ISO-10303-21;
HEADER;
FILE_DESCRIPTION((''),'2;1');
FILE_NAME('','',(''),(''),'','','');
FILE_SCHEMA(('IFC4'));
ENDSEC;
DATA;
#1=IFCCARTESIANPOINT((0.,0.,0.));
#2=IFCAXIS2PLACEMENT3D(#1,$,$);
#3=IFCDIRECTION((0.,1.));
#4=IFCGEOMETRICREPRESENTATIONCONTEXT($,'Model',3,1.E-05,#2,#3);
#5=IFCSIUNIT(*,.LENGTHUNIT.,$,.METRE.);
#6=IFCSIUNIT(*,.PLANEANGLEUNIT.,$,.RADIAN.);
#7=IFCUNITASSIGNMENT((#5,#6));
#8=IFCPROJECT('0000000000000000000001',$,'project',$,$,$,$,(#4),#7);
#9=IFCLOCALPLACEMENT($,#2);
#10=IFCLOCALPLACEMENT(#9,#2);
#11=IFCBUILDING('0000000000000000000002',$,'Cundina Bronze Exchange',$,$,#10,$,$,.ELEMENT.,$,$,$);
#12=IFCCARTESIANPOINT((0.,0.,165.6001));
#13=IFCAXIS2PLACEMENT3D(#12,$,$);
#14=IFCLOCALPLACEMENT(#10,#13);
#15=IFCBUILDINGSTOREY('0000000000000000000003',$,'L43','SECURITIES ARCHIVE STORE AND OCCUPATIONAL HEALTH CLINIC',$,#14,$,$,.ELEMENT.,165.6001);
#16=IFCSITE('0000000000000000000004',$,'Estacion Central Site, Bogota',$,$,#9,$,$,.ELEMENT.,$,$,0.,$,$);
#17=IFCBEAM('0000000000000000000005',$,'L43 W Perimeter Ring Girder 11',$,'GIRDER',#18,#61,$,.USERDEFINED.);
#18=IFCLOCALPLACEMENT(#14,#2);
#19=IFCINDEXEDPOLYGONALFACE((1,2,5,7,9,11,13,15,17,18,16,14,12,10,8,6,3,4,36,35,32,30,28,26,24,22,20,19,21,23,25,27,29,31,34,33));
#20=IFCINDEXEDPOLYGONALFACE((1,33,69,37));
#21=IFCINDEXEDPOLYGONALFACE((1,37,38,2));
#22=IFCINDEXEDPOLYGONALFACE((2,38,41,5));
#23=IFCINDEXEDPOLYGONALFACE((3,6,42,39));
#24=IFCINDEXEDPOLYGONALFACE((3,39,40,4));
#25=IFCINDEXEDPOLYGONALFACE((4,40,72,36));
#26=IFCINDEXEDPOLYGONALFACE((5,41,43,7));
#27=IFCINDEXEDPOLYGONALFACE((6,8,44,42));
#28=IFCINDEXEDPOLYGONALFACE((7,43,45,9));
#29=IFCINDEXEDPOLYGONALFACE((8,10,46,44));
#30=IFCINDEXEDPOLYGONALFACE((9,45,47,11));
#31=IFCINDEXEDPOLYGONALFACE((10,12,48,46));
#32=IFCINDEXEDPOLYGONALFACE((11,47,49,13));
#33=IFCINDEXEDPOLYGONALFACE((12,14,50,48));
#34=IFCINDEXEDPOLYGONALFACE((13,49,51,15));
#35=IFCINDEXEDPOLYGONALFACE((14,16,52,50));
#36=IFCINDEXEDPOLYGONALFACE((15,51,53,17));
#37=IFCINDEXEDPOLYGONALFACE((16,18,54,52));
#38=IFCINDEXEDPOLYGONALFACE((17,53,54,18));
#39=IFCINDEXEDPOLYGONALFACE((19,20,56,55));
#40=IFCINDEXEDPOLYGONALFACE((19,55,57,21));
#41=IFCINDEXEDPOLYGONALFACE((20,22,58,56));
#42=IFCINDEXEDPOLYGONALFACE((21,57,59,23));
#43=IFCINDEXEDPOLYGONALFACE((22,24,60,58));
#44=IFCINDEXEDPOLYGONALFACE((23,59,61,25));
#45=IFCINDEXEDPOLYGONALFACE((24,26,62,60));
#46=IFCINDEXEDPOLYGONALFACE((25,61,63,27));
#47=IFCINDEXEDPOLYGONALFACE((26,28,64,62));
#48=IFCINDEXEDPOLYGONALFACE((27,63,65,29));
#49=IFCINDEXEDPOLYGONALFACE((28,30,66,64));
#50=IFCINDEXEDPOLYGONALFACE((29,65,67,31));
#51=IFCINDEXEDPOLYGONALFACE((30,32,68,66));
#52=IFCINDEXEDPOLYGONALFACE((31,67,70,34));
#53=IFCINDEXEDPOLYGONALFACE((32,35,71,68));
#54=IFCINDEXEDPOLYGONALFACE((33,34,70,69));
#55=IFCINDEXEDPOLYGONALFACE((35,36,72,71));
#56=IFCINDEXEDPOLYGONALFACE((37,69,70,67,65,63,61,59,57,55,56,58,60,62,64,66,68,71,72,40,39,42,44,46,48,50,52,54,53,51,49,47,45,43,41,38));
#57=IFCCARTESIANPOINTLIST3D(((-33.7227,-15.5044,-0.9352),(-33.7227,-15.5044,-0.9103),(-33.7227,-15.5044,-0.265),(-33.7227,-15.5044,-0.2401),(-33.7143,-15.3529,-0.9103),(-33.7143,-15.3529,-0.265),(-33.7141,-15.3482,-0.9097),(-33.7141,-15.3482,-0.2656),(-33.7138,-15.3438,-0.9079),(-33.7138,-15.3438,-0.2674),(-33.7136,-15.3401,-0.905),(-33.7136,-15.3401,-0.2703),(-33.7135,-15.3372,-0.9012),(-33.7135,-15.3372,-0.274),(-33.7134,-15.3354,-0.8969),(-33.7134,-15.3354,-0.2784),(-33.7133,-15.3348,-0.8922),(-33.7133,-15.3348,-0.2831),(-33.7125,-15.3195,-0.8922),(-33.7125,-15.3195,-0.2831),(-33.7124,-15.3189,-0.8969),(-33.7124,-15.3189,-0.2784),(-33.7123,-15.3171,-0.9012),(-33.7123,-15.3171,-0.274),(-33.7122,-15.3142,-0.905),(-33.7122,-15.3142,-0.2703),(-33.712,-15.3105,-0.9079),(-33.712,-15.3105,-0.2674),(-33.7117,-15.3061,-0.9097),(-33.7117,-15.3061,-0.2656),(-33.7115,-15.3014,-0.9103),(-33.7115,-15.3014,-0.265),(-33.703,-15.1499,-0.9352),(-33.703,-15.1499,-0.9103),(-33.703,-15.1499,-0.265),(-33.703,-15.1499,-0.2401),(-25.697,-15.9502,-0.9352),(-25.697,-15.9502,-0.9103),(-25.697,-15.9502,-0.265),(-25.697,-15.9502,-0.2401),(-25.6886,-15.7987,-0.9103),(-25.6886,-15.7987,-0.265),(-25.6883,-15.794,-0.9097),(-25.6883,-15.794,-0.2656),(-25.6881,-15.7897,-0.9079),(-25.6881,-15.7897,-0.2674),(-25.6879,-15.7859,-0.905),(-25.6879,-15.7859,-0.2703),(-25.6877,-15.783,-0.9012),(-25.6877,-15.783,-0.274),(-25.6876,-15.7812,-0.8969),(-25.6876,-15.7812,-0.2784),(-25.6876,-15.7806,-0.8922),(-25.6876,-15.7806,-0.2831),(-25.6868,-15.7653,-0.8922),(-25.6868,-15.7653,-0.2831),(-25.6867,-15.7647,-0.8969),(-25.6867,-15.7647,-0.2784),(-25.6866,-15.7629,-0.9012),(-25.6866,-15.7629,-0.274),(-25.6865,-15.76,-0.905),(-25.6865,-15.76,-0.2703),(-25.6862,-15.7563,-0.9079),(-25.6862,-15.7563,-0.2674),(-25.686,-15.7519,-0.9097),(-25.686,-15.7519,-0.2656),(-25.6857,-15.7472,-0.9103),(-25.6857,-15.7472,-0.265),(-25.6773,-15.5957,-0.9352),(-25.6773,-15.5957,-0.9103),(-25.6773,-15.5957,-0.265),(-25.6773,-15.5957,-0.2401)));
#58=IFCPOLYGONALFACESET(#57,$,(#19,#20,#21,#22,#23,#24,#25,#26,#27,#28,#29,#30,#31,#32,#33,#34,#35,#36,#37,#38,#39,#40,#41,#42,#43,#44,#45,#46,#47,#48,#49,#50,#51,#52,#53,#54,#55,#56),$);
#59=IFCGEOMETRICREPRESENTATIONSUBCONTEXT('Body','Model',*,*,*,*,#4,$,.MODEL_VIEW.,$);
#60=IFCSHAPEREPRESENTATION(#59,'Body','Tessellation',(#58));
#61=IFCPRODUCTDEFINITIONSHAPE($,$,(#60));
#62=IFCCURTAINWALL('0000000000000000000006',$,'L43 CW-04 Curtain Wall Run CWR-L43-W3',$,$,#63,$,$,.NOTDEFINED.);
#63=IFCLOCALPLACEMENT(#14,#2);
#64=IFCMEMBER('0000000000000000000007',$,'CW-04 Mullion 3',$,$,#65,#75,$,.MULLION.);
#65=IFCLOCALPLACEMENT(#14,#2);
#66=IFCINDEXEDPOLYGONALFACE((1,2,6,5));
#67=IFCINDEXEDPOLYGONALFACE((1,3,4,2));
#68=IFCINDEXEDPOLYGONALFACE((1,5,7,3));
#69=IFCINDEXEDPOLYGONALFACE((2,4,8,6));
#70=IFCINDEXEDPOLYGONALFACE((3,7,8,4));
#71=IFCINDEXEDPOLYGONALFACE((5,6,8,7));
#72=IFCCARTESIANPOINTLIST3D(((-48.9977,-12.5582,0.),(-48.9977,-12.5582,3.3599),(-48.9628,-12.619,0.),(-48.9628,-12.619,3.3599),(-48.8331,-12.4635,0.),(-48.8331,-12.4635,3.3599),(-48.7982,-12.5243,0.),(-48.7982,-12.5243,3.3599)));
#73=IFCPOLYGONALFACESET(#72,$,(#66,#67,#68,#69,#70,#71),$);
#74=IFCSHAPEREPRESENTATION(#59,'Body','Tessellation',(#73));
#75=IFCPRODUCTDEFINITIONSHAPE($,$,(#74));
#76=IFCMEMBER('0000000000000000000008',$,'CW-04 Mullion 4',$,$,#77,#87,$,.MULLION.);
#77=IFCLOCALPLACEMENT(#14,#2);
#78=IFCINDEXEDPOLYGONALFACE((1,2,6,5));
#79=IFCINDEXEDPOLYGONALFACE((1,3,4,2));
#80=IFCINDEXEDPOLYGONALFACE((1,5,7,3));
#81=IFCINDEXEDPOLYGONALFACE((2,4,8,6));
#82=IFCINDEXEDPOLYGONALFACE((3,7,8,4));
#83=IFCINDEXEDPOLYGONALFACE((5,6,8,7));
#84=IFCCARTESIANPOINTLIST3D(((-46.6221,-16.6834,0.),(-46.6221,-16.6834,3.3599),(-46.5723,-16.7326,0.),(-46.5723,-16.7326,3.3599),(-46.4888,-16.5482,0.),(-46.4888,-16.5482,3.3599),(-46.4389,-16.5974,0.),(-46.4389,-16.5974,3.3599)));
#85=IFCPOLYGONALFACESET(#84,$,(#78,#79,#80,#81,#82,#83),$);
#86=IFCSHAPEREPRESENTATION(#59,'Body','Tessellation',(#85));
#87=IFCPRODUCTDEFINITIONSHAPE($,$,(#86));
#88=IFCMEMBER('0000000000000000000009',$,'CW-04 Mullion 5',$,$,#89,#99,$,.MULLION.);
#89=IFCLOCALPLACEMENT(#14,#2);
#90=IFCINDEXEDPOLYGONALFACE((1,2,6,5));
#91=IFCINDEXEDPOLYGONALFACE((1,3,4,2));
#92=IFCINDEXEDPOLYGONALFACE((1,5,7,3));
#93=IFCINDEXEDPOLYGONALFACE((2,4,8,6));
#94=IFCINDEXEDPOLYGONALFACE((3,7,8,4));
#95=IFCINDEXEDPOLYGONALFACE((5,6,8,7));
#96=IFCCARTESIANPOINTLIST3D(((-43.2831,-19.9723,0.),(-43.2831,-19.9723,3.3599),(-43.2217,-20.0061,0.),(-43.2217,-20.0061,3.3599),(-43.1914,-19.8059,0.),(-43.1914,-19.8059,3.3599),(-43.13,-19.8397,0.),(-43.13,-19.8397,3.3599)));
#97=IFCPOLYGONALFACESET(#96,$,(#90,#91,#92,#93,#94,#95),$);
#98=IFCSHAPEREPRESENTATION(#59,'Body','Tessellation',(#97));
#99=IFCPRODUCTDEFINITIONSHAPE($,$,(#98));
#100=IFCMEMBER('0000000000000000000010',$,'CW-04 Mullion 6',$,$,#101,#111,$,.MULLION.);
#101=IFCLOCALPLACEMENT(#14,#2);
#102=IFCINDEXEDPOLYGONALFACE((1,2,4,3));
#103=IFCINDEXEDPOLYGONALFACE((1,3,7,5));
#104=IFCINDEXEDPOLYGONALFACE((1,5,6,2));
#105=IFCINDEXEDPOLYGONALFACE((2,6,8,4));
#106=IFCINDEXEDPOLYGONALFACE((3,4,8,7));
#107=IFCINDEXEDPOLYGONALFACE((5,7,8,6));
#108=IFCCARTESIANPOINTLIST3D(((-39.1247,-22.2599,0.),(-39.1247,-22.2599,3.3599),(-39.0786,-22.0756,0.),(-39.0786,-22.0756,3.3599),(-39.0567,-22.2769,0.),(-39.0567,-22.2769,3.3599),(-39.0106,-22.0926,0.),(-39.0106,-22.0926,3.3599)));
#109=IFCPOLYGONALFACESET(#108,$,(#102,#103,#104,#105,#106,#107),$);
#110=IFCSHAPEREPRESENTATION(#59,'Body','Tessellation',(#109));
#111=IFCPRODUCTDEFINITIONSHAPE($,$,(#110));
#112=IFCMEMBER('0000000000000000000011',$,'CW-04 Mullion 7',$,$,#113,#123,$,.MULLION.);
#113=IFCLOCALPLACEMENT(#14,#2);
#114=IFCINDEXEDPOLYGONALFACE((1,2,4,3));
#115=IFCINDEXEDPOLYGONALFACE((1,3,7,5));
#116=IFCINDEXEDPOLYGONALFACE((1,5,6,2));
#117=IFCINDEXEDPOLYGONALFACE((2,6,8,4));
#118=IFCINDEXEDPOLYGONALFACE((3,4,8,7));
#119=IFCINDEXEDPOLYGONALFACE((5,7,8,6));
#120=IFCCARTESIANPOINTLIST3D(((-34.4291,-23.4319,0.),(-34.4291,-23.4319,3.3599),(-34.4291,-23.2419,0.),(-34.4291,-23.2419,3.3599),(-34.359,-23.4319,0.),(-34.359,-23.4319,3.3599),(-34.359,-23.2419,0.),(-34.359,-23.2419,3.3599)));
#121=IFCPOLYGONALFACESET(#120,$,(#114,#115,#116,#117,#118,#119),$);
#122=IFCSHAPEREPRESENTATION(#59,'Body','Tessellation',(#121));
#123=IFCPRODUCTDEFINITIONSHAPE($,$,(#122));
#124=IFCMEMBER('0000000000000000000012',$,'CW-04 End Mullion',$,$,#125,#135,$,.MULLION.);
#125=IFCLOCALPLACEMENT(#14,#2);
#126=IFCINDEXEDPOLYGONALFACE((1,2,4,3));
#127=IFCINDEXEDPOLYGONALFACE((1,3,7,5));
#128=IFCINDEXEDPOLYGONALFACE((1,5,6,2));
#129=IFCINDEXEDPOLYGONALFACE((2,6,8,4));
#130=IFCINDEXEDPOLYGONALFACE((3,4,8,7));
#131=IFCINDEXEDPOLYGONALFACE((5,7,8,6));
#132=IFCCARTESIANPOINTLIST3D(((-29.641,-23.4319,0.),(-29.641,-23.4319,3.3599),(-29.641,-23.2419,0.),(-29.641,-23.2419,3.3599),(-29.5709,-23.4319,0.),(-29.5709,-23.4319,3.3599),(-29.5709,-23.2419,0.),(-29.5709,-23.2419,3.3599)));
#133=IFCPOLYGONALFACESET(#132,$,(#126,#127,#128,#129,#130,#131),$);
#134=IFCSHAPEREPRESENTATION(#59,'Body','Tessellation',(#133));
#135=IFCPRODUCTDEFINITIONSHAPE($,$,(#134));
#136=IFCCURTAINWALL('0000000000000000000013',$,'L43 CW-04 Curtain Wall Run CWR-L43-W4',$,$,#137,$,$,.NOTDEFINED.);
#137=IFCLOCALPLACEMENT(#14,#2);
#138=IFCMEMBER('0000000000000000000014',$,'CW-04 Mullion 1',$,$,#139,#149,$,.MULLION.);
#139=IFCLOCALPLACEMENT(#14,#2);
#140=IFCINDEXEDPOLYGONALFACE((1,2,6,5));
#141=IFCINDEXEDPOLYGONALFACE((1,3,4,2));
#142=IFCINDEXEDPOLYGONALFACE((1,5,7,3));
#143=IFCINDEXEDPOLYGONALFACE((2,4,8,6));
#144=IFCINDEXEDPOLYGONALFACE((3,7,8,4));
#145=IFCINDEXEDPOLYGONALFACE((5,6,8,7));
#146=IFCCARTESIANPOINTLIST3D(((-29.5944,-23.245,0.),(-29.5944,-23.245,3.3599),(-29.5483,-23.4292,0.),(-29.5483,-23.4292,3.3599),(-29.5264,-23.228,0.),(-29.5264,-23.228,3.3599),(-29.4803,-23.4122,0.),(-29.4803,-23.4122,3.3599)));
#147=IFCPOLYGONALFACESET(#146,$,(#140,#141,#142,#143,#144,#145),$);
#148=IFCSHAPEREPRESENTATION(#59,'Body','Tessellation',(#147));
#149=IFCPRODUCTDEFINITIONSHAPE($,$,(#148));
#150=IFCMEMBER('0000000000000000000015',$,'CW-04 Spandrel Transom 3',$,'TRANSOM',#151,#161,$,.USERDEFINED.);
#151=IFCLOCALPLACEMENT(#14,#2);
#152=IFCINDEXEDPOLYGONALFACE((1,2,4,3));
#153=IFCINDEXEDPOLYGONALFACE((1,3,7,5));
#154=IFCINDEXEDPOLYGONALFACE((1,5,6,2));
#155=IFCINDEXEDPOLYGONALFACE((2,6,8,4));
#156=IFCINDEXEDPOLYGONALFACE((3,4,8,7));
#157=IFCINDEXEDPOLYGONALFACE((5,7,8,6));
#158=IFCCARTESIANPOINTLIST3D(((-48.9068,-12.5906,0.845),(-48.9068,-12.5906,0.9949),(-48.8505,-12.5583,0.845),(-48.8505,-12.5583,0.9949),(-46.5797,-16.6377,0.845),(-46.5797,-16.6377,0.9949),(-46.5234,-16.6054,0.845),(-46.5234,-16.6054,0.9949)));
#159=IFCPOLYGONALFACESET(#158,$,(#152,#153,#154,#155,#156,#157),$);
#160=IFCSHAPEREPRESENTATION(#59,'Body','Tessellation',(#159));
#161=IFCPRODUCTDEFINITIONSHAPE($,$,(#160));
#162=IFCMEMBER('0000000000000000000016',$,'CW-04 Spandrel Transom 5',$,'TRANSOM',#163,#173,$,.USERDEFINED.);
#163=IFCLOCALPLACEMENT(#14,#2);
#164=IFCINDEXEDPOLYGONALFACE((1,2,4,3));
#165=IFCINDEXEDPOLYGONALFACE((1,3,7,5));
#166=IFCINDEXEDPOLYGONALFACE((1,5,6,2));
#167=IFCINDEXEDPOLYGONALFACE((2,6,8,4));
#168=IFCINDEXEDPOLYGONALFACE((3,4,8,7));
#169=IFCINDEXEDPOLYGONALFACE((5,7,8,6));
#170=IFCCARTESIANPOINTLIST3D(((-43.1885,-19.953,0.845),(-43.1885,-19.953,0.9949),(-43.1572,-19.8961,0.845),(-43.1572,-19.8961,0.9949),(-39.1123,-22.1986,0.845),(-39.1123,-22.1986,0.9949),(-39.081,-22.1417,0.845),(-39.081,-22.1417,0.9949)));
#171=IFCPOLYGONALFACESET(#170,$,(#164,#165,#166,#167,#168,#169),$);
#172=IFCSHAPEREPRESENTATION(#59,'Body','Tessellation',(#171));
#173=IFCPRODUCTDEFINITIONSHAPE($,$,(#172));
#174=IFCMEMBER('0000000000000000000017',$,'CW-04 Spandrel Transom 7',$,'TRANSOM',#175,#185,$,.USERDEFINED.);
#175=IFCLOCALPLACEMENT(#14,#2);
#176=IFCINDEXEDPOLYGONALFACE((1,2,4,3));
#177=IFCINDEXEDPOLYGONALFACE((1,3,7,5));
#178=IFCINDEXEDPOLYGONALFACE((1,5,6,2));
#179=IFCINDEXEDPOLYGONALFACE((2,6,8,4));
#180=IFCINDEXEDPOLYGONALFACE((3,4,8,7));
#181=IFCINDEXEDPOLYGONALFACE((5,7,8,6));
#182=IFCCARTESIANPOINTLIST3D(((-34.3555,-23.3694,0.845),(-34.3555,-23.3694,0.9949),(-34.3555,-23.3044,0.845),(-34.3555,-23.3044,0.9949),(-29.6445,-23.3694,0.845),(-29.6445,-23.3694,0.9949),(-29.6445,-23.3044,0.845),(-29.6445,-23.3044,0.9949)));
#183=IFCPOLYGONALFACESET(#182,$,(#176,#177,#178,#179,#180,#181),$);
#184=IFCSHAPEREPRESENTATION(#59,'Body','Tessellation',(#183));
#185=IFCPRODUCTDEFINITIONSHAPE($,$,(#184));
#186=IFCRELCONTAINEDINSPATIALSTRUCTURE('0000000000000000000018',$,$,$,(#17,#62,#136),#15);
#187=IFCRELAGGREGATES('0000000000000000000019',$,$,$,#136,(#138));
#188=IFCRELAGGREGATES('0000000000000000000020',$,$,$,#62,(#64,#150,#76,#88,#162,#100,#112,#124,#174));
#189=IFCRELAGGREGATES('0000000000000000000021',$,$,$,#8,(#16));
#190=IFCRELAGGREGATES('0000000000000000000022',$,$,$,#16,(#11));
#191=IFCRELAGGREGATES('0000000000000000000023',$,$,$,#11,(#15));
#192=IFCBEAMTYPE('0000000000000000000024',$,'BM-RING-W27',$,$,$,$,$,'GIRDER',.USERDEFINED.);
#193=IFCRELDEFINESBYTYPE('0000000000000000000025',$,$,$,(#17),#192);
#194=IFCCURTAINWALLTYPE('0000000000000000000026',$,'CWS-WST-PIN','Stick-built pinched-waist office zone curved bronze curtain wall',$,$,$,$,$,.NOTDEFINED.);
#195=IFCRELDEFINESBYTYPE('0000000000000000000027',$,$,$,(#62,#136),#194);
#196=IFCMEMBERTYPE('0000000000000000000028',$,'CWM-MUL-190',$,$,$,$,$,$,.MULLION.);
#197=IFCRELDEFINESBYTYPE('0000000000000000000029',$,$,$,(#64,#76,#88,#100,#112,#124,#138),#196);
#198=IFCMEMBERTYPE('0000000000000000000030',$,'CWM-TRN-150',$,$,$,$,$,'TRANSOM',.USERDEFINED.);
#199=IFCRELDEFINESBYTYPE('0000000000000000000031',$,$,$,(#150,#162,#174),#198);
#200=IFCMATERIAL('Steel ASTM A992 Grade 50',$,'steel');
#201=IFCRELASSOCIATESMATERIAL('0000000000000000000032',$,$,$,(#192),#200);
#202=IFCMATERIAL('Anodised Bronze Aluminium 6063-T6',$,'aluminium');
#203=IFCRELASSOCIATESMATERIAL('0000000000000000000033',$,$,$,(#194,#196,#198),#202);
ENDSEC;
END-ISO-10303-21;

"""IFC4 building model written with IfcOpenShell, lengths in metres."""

from ifc_helpers import new_model, si_unit, direction, frame, origin, origin_2d, place, context, subcontext, project, spatial, rectangle, i_section, extrude, material, material_profile, profile_set, type_object, element, aggregate, save


model = new_model("IFC4")

# Units and contexts
model_context = context("Model", 3, precision=1e-05, world=origin(), true_north=direction((0.0, 1.0)))
body_context = subcontext(model_context, "Body", "Model", "MODEL_VIEW")
ifc_project = project(units=[si_unit("LENGTHUNIT", "METRE"), si_unit("PLANEANGLEUNIT", "RADIAN")], contexts=[model_context])

# Site, building, storey
site_placement = place(None, origin())
site = spatial("IfcSite", under=ifc_project, at=site_placement, Name="Estacion Central Site, Bogota", CompositionType="ELEMENT", RefElevation=0.0)
building_placement = place(site_placement, origin())
building = spatial("IfcBuilding", under=site, at=building_placement, Name="Cundina Bronze Exchange", CompositionType="ELEMENT")
storey_placement = place(building_placement, frame((0.0, 0.0, 165.6001)))
storey = spatial("IfcBuildingStorey", under=building, at=storey_placement, Name="L43", Description="SECURITIES ARCHIVE STORE AND OCCUPATIONAL HEALTH CLINIC", CompositionType="ELEMENT", Elevation=165.6001)

# Beam
ifc_material_1 = material(Name="Steel ASTM A992 Grade 50", Category="steel")
ifc_material_profile_1 = material_profile(ifc_material_1, i_section(OverallWidth=0.355, OverallDepth=0.6951, WebThickness=0.0154, FlangeThickness=0.0249, FilletRadius=0.0181, at=origin_2d()), Name="W27X146", Category="steel")
ifc_profile_set_1 = profile_set([ifc_material_profile_1], Name="Steel ASTM A992 Grade 50")
beam_type_1 = type_object("IfcBeamType", Name="BM-RING-W27", ElementType="GIRDER", PredefinedType="USERDEFINED", material=ifc_profile_set_1)
for number, where, z_axis, x_axis, name in (
    (1, (-33.7129, -15.3271, -0.5876), (0.998461, -0.055462, 0.0), (0.055462, 0.998461, 0.0), "L43 W Perimeter Ring Girder 11"),
):
    element("IfcBeam", number, at=place(storey_placement, frame(where, z_axis=z_axis, x_axis=x_axis)), inside=storey, type_object=beam_type_1, Name=name, ObjectType="GIRDER", PredefinedType="USERDEFINED", context=body_context, shape_type="SweptSolid", body=[
        extrude(i_section(OverallWidth=0.355, OverallDepth=0.6951, WebThickness=0.0154, FlangeThickness=0.0249, FilletRadius=0.0181, at=origin_2d()), origin(), (0.0, 0.0, 1.0), 8.0381),
    ])

# Curtain wall, members
ifc_material_2 = material(Name="Anodised Bronze Aluminium 6063-T6", Category="aluminium")
curtain_wall_type = type_object("IfcCurtainWallType", Name="CWS-WST-PIN", Description="Stick-built pinched-waist office zone curved bronze curtain wall", PredefinedType="NOTDEFINED", material=ifc_material_2)
curtain_wall_1_placement = place(storey_placement, origin())
curtain_wall_1 = element("IfcCurtainWall", 2, at=curtain_wall_1_placement, inside=storey, type_object=curtain_wall_type, Name="L43 CW-04 Curtain Wall Run CWR-L43-W3", PredefinedType="NOTDEFINED")
ifc_material_profile_2 = material_profile(ifc_material_2, rectangle(XDim=0.0701, YDim=0.1899, at=origin_2d()), Name="AL70X190", Category="aluminium")
ifc_profile_set_2 = profile_set([ifc_material_profile_2], Name="Anodised Bronze Aluminium 6063-T6")
member_type_1 = type_object("IfcMemberType", Name="CWM-MUL-190", PredefinedType="MULLION", material=ifc_profile_set_2)
member_1_placement = place(storey_placement, frame((-48.8979, -12.5413, 0.0), z_axis=(0.0, 0.0, 1.0), x_axis=(0.498488, -0.866897, 0.0)))
member_1 = element("IfcMember", 3, at=member_1_placement, type_object=member_type_1, Name="CW-04 Mullion 3", PredefinedType="MULLION", context=body_context, shape_type="SweptSolid", body=[
    extrude(rectangle(XDim=0.0701, YDim=0.1899, at=origin_2d()), origin(), (0.0, 0.0, 1.0), 3.3599),
])
member_2_placement = place(storey_placement, frame((-46.5305, -16.6404, 0.0), z_axis=(0.0, 0.0, 1.0), x_axis=(0.712026, -0.702153, 0.0)))
member_2 = element("IfcMember", 4, at=member_2_placement, type_object=member_type_1, Name="CW-04 Mullion 4", PredefinedType="MULLION", context=body_context, shape_type="SweptSolid", body=[
    extrude(rectangle(XDim=0.0701, YDim=0.1899, at=origin_2d()), origin(), (0.0, 0.0, 1.0), 3.3599),
])
member_3_placement = place(storey_placement, frame((-43.2065, -19.906, 0.0), z_axis=(0.0, 0.0, 1.0), x_axis=(0.875886, -0.482518, 0.0)))
member_3 = element("IfcMember", 5, at=member_3_placement, type_object=member_type_1, Name="CW-04 Mullion 5", PredefinedType="MULLION", context=body_context, shape_type="SweptSolid", body=[
    extrude(rectangle(XDim=0.0701, YDim=0.1899, at=origin_2d()), origin(), (0.0, 0.0, 1.0), 3.3599),
])
member_4_placement = place(storey_placement, frame((-39.0676, -22.1763, 0.0), z_axis=(0.0, 0.0, 1.0), x_axis=(0.970084, -0.242769, 0.0)))
member_4 = element("IfcMember", 6, at=member_4_placement, type_object=member_type_1, Name="CW-04 Mullion 6", PredefinedType="MULLION", context=body_context, shape_type="SweptSolid", body=[
    extrude(rectangle(XDim=0.0701, YDim=0.1899, at=origin_2d()), origin(), (0.0, 0.0, 1.0), 3.3599),
])
member_5_placement = place(storey_placement, frame((-34.394, -23.3369, 0.0), z_axis=(0.0, 0.0, 1.0), x_axis=(1.0, 0.0, 0.0)))
member_5 = element("IfcMember", 7, at=member_5_placement, type_object=member_type_1, Name="CW-04 Mullion 7", PredefinedType="MULLION", context=body_context, shape_type="SweptSolid", body=[
    extrude(rectangle(XDim=0.0701, YDim=0.1899, at=origin_2d()), origin(), (0.0, 0.0, 1.0), 3.3599),
])
member_6_placement = place(storey_placement, frame((-29.606, -23.3369, 0.0), z_axis=(0.0, 0.0, 1.0), x_axis=(1.0, 0.0, 0.0)))
member_6 = element("IfcMember", 8, at=member_6_placement, type_object=member_type_1, Name="CW-04 End Mullion", PredefinedType="MULLION", context=body_context, shape_type="SweptSolid", body=[
    extrude(rectangle(XDim=0.0701, YDim=0.1899, at=origin_2d()), origin(), (0.0, 0.0, 1.0), 3.3599),
])

# Curtain wall, member
curtain_wall_2_placement = place(storey_placement, origin())
curtain_wall_2 = element("IfcCurtainWall", 9, at=curtain_wall_2_placement, inside=storey, type_object=curtain_wall_type, Name="L43 CW-04 Curtain Wall Run CWR-L43-W4", PredefinedType="NOTDEFINED")
member_7_placement = place(storey_placement, frame((-29.5374, -23.3286, 0.0), z_axis=(0.0, 0.0, 1.0), x_axis=(0.970084, 0.242769, 0.0)))
member_7 = element("IfcMember", 10, at=member_7_placement, type_object=member_type_1, Name="CW-04 Mullion 1", PredefinedType="MULLION", context=body_context, shape_type="SweptSolid", body=[
    extrude(rectangle(XDim=0.0701, YDim=0.1899, at=origin_2d()), origin(), (0.0, 0.0, 1.0), 3.3599),
])
aggregate(curtain_wall_2, [member_7])

# Members
ifc_material_profile_3 = material_profile(ifc_material_2, rectangle(XDim=0.0649, YDim=0.1499, at=origin_2d()), Name="AL65X150", Category="aluminium")
ifc_profile_set_3 = profile_set([ifc_material_profile_3], Name="Anodised Bronze Aluminium 6063-T6")
member_type_2 = type_object("IfcMemberType", Name="CWM-TRN-150", ElementType="TRANSOM", PredefinedType="USERDEFINED", material=ifc_profile_set_3)
member_8_placement = place(storey_placement, frame((-48.8787, -12.5745, 0.9199), z_axis=(0.49848, -0.866901, 0.0), x_axis=(0.866901, 0.49848, 0.0)))
member_8 = element("IfcMember", 11, at=member_8_placement, type_object=member_type_2, Name="CW-04 Spandrel Transom 3", ObjectType="TRANSOM", PredefinedType="USERDEFINED", context=body_context, shape_type="SweptSolid", body=[
    extrude(rectangle(XDim=0.0649, YDim=0.1499, at=origin_2d()), origin(), (0.0, 0.0, 1.0), 4.6685),
])
member_9_placement = place(storey_placement, frame((-43.1729, -19.9246, 0.9199), z_axis=(0.875879, -0.482531, 0.0), x_axis=(0.482531, 0.875879, 0.0)))
member_9 = element("IfcMember", 12, at=member_9_placement, type_object=member_type_2, Name="CW-04 Spandrel Transom 5", ObjectType="TRANSOM", PredefinedType="USERDEFINED", context=body_context, shape_type="SweptSolid", body=[
    extrude(rectangle(XDim=0.0649, YDim=0.1499, at=origin_2d()), origin(), (0.0, 0.0, 1.0), 4.6538),
])
member_10_placement = place(storey_placement, frame((-34.3555, -23.3369, 0.9199), z_axis=(1.0, 0.0, 0.0), x_axis=(0.0, 1.0, 0.0)))
member_10 = element("IfcMember", 13, at=member_10_placement, type_object=member_type_2, Name="CW-04 Spandrel Transom 7", ObjectType="TRANSOM", PredefinedType="USERDEFINED", context=body_context, shape_type="SweptSolid", body=[
    extrude(rectangle(XDim=0.0649, YDim=0.1499, at=origin_2d()), origin(), (0.0, 0.0, 1.0), 4.7109),
])

aggregate(curtain_wall_1, [member_1, member_8, member_2, member_3, member_9, member_4, member_5, member_6, member_10])

save(model, "model.ifc")
